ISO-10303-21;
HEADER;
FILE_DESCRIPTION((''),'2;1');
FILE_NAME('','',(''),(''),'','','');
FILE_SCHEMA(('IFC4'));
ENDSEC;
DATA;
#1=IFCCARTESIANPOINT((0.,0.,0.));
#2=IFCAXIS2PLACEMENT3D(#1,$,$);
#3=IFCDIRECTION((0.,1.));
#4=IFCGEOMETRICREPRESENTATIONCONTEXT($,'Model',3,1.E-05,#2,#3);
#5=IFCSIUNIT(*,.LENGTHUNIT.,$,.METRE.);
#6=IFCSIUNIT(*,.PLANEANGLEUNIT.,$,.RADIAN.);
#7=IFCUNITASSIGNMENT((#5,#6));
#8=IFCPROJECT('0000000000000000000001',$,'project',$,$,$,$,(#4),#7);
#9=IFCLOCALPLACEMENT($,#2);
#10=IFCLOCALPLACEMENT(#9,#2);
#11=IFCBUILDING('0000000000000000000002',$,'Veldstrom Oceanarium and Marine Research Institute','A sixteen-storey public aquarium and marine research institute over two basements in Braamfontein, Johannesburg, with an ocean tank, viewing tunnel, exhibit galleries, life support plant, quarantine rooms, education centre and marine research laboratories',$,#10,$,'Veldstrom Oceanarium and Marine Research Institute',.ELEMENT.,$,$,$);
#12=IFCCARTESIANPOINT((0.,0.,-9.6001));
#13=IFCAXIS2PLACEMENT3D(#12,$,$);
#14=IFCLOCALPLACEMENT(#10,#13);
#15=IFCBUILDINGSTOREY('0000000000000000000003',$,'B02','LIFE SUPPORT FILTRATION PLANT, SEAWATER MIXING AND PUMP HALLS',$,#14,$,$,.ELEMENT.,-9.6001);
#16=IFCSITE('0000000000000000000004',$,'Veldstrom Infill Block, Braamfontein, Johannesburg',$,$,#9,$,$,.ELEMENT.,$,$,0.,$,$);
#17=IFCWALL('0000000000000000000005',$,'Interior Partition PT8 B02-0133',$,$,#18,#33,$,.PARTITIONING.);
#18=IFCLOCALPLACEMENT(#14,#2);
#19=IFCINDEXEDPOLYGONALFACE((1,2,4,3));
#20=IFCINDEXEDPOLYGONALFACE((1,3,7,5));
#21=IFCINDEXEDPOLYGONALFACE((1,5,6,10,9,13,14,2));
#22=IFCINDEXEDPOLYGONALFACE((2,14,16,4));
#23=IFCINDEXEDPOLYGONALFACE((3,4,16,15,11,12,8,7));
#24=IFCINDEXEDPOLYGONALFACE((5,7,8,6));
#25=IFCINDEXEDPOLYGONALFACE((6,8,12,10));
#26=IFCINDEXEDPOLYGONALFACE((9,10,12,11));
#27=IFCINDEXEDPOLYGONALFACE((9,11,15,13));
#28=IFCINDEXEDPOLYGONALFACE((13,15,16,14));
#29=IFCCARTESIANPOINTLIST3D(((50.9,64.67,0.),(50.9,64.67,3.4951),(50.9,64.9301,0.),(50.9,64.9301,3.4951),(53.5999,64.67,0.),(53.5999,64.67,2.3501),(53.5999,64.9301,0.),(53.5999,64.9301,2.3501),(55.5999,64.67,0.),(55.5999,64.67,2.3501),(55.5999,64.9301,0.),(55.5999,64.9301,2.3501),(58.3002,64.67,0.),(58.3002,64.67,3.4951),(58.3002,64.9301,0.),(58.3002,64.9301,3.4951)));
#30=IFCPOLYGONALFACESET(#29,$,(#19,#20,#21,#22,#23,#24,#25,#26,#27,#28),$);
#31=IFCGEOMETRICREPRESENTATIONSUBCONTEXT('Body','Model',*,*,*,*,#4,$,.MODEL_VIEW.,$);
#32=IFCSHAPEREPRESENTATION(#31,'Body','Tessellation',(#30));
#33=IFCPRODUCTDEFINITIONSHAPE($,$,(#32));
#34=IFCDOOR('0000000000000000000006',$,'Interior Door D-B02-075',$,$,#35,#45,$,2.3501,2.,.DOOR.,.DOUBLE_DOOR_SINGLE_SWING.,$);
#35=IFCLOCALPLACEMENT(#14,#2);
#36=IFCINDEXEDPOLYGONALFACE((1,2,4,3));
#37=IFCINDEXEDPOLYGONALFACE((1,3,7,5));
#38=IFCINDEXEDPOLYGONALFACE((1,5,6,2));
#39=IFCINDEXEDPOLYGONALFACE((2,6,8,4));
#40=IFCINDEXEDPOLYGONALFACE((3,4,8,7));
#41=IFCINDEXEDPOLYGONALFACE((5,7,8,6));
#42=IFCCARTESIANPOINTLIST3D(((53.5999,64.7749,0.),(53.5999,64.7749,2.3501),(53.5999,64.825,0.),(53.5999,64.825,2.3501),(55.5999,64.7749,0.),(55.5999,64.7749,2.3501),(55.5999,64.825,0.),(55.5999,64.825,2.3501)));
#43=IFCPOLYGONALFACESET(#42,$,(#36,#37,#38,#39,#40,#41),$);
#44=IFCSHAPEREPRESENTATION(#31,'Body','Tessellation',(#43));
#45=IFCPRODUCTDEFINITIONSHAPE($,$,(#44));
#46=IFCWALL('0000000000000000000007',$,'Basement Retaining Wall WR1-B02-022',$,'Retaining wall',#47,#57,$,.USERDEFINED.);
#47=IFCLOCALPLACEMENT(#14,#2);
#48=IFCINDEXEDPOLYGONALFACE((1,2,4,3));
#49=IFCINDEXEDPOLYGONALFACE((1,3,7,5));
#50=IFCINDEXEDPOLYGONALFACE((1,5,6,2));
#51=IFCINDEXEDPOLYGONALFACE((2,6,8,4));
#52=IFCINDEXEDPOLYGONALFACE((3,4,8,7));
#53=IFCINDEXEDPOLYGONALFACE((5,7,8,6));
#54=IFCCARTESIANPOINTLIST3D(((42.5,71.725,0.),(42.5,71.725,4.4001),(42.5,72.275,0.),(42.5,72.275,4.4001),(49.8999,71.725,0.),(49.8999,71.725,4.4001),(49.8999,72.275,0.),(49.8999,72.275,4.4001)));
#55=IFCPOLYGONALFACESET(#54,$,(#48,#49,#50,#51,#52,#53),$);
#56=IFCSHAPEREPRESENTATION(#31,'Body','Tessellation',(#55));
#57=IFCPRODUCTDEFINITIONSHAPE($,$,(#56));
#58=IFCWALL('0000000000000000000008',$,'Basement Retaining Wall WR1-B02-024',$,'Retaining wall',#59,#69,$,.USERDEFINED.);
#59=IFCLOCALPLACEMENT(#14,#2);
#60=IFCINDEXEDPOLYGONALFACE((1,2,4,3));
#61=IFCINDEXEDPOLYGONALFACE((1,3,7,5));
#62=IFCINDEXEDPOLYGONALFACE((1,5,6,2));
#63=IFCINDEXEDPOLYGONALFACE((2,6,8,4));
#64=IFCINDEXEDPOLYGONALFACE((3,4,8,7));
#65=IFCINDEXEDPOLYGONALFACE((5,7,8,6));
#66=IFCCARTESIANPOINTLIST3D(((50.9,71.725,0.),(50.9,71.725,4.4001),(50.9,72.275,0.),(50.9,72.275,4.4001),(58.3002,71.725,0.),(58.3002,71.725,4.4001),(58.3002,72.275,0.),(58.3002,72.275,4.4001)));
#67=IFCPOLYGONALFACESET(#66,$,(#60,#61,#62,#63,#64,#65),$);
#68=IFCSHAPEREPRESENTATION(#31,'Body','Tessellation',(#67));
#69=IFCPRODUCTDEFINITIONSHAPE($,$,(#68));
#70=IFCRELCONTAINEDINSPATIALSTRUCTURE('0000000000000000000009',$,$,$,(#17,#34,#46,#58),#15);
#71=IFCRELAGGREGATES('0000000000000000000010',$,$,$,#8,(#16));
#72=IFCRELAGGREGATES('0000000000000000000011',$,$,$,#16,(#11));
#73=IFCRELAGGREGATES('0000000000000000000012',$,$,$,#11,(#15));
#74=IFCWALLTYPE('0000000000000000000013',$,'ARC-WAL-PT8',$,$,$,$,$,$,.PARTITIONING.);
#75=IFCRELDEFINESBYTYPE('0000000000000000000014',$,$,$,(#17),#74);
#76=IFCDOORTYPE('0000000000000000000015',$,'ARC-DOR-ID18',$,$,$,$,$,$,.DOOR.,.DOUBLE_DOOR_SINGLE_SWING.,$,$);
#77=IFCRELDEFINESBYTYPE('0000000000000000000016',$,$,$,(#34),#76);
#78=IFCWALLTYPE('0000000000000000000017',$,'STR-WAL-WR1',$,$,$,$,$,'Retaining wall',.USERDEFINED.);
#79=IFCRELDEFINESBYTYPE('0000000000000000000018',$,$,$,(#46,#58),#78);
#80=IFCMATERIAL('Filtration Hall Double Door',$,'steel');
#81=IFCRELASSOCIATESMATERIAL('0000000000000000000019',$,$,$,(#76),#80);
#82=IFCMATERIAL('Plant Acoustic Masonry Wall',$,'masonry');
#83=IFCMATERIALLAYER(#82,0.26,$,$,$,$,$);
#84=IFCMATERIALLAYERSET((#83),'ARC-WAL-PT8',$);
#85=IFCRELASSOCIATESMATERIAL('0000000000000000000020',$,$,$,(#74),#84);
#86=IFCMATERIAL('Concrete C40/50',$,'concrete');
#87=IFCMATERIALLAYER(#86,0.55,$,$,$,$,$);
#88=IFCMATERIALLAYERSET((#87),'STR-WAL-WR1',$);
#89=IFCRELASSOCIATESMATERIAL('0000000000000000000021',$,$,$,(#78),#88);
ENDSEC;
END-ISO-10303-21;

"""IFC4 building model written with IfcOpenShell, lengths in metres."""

from ifc_helpers import new_model, si_unit, direction, frame, frame_2d, origin, place, context, subcontext, project, spatial, rectangle, extrude, material, layer, layer_set, type_object, element, fill, save


model = new_model("IFC4")

# Units and contexts
model_context = context("Model", 3, precision=1e-05, world=origin(), true_north=direction((0.0, 1.0)))
body_context = subcontext(model_context, "Body", "Model", "MODEL_VIEW")
ifc_project = project(units=[si_unit("LENGTHUNIT", "METRE"), si_unit("PLANEANGLEUNIT", "RADIAN")], contexts=[model_context])

# Site, building, storey
site_placement = place(None, origin())
site = spatial("IfcSite", under=ifc_project, at=site_placement, Name="Veldstrom Infill Block, Braamfontein, Johannesburg", CompositionType="ELEMENT", RefElevation=0.0)
building_placement = place(site_placement, origin())
building = spatial("IfcBuilding", under=site, at=building_placement, Name="Veldstrom Oceanarium and Marine Research Institute", Description="A sixteen-storey public aquarium and marine research institute over two basements in Braamfontein, Johannesburg, with an ocean tank, viewing tunnel, exhibit galleries, life support plant, quarantine rooms, education centre and marine research laboratories", LongName="Veldstrom Oceanarium and Marine Research Institute", CompositionType="ELEMENT")
storey_placement = place(building_placement, frame((0.0, 0.0, -9.6001)))
storey = spatial("IfcBuildingStorey", under=building, at=storey_placement, Name="B02", Description="LIFE SUPPORT FILTRATION PLANT, SEAWATER MIXING AND PUMP HALLS", CompositionType="ELEMENT", Elevation=-9.6001)

# Shared definitions
ifc_material_1 = material(Name="Filtration Hall Double Door", Category="steel")
door_type_1 = type_object("IfcDoorType", Name="ARC-DOR-ID18", OperationType="DOUBLE_DOOR_SINGLE_SWING", PredefinedType="DOOR", material=ifc_material_1)

# Shared definitions
ifc_material_2 = material(Name="Plant Acoustic Masonry Wall", Category="masonry")
ifc_layer_1 = layer(ifc_material_2, 0.26)
ifc_layer_set_1 = layer_set([ifc_layer_1], Name="ARC-WAL-PT8")
wall_type_1 = type_object("IfcWallType", Name="ARC-WAL-PT8", PredefinedType="PARTITIONING", material=ifc_layer_set_1)

# Wall, opening, door
wall_1_placement = place(storey_placement, frame((50.8999, 64.8, 0.0), z_axis=(0.0, 0.0, 1.0), x_axis=(1.0, 0.0, 0.0)))
wall_1 = element("IfcWall", 1, at=wall_1_placement, inside=storey, type_object=wall_type_1, Name="Interior Partition PT8 B02-0133", PredefinedType="PARTITIONING", context=body_context, shape_type="SweptSolid", body=[
    extrude(rectangle(XDim=7.4001, YDim=0.26, at=frame_2d((3.7002, 0.0))), origin(), (0.0, 0.0, 1.0), 3.4951),
])
opening_1_placement = place(wall_1_placement, frame((2.7, 0.0, 0.0)))
opening_1 = element("IfcOpeningElement", 2, at=opening_1_placement, cuts=wall_1, PredefinedType="OPENING", context=body_context, shape_type="SweptSolid", body=[
    extrude(rectangle(XDim=2.0, YDim=2.3501, at=frame_2d((1.0, 1.175))), frame((0.0, 0.1399, 0.0), z_axis=(0.0, -1.0, 0.0), x_axis=(1.0, 0.0, 0.0)), (0.0, 0.0, 1.0), 0.28),
])
door_1_placement = place(opening_1_placement, origin())
door_1 = element("IfcDoor", 3, at=door_1_placement, inside=storey, type_object=door_type_1, Name="Interior Door D-B02-075", OperationType="DOUBLE_DOOR_SINGLE_SWING", OverallHeight=2.3501, OverallWidth=2.0, PredefinedType="DOOR", context=body_context, shape_type="SweptSolid", body=[
    extrude(rectangle(XDim=2.0, YDim=2.3501, at=frame_2d((1.0, 1.175))), frame((0.0, 0.0249, 0.0), z_axis=(0.0, -1.0, 0.0), x_axis=(1.0, 0.0, 0.0)), (0.0, 0.0, 1.0), 0.05),
])
fill(opening_1, door_1)

# Walls
ifc_material_3 = material(Name="Concrete C40/50", Category="concrete")
ifc_layer_2 = layer(ifc_material_3, 0.55)
ifc_layer_set_2 = layer_set([ifc_layer_2], Name="STR-WAL-WR1")
wall_type_2 = type_object("IfcWallType", Name="STR-WAL-WR1", ElementType="Retaining wall", PredefinedType="USERDEFINED", material=ifc_layer_set_2)
wall_2_placement = place(storey_placement, frame((42.5, 72.0, 0.0), z_axis=(0.0, 0.0, 1.0), x_axis=(1.0, 0.0, 0.0)))
element("IfcWall", 4, at=wall_2_placement, inside=storey, type_object=wall_type_2, Name="Basement Retaining Wall WR1-B02-022", ObjectType="Retaining wall", PredefinedType="USERDEFINED", context=body_context, shape_type="SweptSolid", body=[
    extrude(rectangle(XDim=7.3999, YDim=0.55, at=frame_2d((3.7, 0.0))), origin(), (0.0, 0.0, 1.0), 4.4001),
])
wall_3_placement = place(storey_placement, frame((50.8999, 72.0, 0.0), z_axis=(0.0, 0.0, 1.0), x_axis=(1.0, 0.0, 0.0)))
element("IfcWall", 5, at=wall_3_placement, inside=storey, type_object=wall_type_2, Name="Basement Retaining Wall WR1-B02-024", ObjectType="Retaining wall", PredefinedType="USERDEFINED", context=body_context, shape_type="SweptSolid", body=[
    extrude(rectangle(XDim=7.4001, YDim=0.55, at=frame_2d((3.7002, 0.0))), origin(), (0.0, 0.0, 1.0), 4.4001),
])

save(model, "model.ifc")
